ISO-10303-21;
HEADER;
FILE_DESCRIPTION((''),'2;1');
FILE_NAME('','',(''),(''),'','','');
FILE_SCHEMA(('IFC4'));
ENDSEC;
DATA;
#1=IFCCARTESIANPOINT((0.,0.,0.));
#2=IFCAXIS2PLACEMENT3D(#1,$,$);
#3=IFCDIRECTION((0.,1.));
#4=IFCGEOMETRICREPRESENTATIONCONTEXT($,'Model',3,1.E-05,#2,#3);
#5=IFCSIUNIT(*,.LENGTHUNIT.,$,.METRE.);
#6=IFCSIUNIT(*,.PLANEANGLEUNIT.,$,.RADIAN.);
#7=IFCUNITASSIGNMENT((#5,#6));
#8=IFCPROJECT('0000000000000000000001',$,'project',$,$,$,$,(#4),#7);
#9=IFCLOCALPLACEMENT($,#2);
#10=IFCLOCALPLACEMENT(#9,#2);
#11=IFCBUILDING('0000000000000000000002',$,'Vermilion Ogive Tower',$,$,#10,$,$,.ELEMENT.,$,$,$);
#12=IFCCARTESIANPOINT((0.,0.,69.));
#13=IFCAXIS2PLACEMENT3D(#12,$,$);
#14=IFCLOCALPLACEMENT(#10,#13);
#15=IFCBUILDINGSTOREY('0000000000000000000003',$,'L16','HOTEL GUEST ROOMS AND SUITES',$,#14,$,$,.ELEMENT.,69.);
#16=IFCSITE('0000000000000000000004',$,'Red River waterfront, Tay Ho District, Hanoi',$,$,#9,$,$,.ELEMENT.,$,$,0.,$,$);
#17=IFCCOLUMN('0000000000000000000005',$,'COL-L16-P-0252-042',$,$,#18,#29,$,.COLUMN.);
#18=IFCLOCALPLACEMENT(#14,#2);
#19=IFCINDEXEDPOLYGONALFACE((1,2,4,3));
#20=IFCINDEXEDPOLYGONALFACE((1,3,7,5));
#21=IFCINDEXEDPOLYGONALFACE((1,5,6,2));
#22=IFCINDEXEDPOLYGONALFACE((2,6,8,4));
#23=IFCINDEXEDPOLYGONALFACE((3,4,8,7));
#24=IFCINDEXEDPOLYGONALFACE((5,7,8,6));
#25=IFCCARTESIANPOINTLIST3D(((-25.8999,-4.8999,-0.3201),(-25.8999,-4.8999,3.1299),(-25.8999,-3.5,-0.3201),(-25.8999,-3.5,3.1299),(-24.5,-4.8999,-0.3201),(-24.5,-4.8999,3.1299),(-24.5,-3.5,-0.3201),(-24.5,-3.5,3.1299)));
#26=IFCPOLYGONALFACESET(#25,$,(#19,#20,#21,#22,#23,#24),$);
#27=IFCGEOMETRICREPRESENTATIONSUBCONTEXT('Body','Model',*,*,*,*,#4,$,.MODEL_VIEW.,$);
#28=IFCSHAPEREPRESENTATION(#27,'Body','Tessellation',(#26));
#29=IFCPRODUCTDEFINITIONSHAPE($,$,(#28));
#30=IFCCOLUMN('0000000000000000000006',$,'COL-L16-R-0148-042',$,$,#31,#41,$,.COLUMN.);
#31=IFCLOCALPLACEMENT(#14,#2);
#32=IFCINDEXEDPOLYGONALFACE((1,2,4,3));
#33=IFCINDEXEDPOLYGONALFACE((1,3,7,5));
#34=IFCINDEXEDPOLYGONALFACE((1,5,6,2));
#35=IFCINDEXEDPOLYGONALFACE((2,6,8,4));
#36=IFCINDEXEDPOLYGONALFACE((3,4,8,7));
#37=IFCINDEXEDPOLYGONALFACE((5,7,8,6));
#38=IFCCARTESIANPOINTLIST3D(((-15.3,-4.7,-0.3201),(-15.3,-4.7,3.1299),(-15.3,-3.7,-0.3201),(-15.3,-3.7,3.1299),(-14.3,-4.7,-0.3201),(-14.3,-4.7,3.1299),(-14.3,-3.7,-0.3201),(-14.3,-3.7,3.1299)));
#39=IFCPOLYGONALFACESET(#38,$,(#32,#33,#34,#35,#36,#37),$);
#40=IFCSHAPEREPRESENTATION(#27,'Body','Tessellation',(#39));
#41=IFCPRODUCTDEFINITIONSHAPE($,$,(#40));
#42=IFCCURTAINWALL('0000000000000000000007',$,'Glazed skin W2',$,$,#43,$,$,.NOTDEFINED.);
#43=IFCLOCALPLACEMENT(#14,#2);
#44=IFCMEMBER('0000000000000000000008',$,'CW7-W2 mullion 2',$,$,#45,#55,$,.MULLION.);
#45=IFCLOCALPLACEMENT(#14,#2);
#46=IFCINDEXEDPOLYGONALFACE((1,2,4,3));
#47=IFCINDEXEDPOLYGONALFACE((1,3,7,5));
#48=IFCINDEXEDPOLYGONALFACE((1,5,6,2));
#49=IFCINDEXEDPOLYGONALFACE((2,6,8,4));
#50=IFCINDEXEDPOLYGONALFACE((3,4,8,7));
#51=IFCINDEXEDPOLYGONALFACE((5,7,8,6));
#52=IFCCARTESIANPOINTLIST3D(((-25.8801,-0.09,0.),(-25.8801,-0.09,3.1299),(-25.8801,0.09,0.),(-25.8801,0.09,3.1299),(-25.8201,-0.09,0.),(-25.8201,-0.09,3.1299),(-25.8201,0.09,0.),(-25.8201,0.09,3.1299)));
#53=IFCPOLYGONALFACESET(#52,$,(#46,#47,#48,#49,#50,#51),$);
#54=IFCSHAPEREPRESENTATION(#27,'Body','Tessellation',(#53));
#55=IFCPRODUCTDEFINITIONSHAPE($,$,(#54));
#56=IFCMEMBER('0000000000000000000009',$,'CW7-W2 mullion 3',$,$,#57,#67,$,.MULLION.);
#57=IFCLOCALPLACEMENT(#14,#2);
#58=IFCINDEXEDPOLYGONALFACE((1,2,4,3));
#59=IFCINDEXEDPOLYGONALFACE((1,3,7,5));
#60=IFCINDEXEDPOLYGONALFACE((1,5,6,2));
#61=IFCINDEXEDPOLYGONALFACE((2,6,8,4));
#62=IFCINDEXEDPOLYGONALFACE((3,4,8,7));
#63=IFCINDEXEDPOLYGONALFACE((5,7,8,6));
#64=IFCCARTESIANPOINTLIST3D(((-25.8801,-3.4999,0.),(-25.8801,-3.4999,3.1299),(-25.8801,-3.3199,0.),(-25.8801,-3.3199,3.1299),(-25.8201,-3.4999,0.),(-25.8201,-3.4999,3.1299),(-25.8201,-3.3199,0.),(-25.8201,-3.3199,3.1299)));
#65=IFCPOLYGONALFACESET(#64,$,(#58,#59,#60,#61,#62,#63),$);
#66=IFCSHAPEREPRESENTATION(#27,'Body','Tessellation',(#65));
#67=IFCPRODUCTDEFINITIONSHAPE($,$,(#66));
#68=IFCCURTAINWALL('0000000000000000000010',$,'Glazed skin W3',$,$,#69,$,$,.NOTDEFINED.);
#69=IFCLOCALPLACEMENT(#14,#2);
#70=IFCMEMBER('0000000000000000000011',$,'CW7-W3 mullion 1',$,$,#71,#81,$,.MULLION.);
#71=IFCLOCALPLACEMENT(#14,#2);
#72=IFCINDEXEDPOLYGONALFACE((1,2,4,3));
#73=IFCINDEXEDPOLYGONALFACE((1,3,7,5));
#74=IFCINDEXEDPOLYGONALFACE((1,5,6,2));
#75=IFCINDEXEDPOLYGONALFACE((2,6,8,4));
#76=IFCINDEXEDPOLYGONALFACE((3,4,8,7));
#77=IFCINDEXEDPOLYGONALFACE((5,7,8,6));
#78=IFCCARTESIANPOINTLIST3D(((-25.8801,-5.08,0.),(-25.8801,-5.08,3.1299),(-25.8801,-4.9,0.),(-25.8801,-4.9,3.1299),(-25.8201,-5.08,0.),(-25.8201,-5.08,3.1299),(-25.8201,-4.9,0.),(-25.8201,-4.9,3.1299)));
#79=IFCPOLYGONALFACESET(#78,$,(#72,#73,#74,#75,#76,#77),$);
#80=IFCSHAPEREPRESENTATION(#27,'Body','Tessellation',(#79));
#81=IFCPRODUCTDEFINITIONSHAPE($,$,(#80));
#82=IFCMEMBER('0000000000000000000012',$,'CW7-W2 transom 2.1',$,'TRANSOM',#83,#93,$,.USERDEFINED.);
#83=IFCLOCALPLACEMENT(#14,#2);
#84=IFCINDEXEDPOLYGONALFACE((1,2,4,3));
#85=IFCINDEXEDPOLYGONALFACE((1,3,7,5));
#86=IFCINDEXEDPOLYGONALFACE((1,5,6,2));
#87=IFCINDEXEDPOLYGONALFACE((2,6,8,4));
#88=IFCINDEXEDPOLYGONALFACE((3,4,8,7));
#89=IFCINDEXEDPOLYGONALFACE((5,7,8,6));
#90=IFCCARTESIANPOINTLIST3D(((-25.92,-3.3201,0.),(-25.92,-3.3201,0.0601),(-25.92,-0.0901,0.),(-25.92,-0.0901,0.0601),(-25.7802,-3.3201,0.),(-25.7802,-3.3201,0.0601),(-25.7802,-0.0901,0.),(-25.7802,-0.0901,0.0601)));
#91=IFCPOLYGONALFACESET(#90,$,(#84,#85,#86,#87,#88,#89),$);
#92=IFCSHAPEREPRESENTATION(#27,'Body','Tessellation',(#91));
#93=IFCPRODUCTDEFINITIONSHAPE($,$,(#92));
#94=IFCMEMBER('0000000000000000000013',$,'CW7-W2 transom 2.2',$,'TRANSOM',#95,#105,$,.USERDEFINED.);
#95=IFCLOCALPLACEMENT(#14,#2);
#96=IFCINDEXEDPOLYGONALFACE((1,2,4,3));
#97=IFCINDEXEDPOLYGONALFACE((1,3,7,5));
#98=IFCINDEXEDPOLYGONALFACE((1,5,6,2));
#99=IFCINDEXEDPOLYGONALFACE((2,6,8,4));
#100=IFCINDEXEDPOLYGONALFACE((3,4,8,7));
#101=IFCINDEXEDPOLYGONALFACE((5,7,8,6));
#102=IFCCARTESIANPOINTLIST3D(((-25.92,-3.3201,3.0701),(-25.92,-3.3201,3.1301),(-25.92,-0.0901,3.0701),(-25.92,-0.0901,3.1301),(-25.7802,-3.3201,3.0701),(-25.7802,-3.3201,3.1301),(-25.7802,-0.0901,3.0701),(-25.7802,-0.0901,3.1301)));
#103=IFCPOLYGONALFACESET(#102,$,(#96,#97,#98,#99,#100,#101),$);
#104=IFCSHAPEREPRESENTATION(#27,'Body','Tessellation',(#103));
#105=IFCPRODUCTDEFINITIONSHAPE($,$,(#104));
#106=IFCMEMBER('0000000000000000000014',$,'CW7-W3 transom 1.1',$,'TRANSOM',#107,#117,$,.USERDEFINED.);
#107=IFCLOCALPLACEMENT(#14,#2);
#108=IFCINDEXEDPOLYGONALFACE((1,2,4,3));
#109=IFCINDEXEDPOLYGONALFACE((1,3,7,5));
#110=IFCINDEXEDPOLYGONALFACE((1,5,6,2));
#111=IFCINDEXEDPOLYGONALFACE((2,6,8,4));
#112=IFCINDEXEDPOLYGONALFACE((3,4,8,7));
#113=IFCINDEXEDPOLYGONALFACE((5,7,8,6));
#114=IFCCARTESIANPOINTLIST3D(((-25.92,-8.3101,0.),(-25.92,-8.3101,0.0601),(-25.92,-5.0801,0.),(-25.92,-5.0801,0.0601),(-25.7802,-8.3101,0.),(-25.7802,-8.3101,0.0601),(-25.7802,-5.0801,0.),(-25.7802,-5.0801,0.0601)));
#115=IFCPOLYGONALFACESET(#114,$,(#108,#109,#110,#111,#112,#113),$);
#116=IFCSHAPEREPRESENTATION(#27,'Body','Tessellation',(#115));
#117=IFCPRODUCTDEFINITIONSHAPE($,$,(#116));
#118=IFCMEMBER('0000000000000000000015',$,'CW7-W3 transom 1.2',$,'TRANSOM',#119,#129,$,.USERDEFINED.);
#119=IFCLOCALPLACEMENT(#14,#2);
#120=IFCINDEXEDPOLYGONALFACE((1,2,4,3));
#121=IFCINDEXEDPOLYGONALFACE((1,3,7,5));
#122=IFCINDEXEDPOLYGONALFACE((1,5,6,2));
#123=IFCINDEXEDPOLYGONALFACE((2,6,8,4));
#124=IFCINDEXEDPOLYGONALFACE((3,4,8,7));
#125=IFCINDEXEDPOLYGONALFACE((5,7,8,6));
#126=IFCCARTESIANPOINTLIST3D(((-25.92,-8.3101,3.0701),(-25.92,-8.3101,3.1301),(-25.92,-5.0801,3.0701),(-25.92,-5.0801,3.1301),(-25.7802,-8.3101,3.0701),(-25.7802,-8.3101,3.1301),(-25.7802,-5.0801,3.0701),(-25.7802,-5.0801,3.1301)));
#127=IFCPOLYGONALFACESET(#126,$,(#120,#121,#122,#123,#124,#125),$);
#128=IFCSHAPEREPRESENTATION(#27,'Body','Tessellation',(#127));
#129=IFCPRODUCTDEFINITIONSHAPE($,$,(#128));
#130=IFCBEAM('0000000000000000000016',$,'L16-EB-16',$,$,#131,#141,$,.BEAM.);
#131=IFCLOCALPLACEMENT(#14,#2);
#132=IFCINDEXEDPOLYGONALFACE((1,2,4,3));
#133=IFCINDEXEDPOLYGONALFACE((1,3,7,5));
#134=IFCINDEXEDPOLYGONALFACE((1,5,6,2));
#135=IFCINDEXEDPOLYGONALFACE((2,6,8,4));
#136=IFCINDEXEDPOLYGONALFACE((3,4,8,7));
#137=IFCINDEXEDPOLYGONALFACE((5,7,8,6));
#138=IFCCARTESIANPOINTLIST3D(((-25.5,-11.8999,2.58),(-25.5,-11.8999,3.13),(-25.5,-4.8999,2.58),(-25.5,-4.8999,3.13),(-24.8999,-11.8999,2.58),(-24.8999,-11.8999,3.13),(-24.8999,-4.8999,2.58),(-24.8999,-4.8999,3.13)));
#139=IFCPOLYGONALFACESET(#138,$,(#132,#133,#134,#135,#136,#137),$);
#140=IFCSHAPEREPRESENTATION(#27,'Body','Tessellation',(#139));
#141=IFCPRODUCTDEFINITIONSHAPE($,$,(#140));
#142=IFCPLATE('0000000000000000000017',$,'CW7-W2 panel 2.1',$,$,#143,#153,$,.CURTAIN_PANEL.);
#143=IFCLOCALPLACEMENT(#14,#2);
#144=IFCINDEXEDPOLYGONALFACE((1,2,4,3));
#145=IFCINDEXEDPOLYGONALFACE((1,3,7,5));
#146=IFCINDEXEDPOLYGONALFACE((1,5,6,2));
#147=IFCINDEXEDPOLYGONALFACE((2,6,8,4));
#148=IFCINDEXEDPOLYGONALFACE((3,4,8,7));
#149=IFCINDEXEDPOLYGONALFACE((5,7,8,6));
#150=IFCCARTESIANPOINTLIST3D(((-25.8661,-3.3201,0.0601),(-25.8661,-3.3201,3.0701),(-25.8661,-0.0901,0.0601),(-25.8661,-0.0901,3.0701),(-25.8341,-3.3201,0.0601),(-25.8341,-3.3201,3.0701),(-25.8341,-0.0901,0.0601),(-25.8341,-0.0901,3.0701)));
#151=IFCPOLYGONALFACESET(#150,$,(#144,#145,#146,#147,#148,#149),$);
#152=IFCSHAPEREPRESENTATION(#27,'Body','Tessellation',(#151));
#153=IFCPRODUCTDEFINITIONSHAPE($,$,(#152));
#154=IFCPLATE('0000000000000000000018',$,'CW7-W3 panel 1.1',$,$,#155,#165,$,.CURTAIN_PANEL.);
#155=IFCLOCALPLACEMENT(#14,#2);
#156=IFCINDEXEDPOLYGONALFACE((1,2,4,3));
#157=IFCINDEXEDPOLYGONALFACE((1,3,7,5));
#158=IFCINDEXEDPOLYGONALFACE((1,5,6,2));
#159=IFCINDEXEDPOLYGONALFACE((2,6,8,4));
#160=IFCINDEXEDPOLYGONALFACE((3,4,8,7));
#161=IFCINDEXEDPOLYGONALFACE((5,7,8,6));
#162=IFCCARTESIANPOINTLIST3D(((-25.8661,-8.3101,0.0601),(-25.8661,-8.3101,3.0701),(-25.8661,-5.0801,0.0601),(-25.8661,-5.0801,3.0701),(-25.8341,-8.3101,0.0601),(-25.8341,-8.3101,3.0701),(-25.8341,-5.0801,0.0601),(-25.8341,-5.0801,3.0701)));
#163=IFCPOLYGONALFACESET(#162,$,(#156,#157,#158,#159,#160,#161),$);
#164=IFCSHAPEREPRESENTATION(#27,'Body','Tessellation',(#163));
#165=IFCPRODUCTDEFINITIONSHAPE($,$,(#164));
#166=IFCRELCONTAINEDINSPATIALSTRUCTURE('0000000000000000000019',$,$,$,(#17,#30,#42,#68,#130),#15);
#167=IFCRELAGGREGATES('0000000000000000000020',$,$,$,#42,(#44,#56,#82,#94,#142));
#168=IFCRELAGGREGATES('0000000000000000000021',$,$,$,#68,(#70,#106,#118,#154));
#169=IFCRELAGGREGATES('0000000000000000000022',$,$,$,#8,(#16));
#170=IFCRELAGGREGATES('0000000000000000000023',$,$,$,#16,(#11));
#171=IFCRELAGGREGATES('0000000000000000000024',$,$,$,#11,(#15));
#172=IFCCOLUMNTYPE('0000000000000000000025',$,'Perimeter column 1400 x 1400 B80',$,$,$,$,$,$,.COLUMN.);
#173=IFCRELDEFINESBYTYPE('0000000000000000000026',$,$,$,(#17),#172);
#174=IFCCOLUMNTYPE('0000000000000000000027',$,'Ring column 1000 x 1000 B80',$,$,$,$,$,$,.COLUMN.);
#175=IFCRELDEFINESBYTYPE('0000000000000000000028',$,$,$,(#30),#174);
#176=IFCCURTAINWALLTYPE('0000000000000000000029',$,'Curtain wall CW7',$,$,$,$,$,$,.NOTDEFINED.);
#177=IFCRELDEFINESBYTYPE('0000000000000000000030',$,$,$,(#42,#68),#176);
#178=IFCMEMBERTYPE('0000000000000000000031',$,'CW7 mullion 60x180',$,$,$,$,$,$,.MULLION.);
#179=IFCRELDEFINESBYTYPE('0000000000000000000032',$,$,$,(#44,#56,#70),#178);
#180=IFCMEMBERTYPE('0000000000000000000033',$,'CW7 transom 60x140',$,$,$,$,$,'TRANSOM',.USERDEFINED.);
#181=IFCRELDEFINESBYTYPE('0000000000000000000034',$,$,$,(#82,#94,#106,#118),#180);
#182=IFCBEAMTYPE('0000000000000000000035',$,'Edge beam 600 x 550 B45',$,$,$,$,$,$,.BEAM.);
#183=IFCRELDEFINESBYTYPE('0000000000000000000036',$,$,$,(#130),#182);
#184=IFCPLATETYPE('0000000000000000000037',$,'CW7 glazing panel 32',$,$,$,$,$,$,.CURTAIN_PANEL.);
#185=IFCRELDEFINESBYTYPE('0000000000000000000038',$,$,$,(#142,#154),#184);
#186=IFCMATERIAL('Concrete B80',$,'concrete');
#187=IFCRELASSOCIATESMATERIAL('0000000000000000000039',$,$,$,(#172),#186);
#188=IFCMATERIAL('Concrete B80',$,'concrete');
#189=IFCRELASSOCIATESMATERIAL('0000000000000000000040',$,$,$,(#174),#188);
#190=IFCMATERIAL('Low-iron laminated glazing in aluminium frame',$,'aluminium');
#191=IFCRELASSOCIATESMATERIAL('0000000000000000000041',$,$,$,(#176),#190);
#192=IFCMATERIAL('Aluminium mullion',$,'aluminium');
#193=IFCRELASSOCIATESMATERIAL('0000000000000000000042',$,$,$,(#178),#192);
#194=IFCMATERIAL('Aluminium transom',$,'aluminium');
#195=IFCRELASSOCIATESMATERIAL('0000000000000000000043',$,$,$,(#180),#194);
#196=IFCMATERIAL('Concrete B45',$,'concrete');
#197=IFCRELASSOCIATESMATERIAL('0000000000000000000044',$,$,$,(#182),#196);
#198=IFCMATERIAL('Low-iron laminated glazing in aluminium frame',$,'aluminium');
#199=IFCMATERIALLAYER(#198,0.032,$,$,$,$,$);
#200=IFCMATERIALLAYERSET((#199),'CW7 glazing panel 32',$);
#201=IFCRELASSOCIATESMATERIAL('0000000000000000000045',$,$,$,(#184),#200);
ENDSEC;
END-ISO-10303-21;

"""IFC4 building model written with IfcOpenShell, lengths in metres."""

from ifc_helpers import new_model, si_unit, direction, frame, origin, origin_2d, place, context, subcontext, project, spatial, rectangle, extrude, material, layer, layer_set, material_profile, profile_set, type_object, element, aggregate, save


model = new_model("IFC4")

# Units and contexts
model_context = context("Model", 3, precision=1e-05, world=origin(), true_north=direction((0.0, 1.0)))
body_context = subcontext(model_context, "Body", "Model", "MODEL_VIEW")
ifc_project = project(units=[si_unit("LENGTHUNIT", "METRE"), si_unit("PLANEANGLEUNIT", "RADIAN")], contexts=[model_context])

# Site, building, storey
site_placement = place(None, origin())
site = spatial("IfcSite", under=ifc_project, at=site_placement, Name="Red River waterfront, Tay Ho District, Hanoi", CompositionType="ELEMENT", RefElevation=0.0)
building_placement = place(site_placement, origin())
building = spatial("IfcBuilding", under=site, at=building_placement, Name="Vermilion Ogive Tower", CompositionType="ELEMENT")
storey_placement = place(building_placement, frame((0.0, 0.0, 69.0)))
storey = spatial("IfcBuildingStorey", under=building, at=storey_placement, Name="L16", Description="HOTEL GUEST ROOMS AND SUITES", CompositionType="ELEMENT", Elevation=69.0)

# Columns
ifc_material_1 = material(Name="Concrete B80", Category="concrete")
ifc_material_profile_1 = material_profile(ifc_material_1, rectangle(XDim=1.3999, YDim=1.3999, at=origin_2d()), Name="1400 x 1400")
ifc_profile_set_1 = profile_set([ifc_material_profile_1], Name="Concrete B80")
column_type_1 = type_object("IfcColumnType", Name="Perimeter column 1400 x 1400 B80", PredefinedType="COLUMN", material=ifc_profile_set_1)
column_1_placement = place(storey_placement, frame((-25.2, -4.2, -0.3201), z_axis=(0.0, 0.0, 1.0), x_axis=(1.0, 0.0, 0.0)))
element("IfcColumn", 1, at=column_1_placement, inside=storey, type_object=column_type_1, Name="COL-L16-P-0252-042", PredefinedType="COLUMN", context=body_context, shape_type="SweptSolid", body=[
    extrude(rectangle(XDim=1.3999, YDim=1.3999, at=origin_2d()), origin(), (0.0, 0.0, 1.0), 3.45),
])
ifc_material_2 = material(Name="Concrete B80", Category="concrete")
ifc_material_profile_2 = material_profile(ifc_material_2, rectangle(XDim=1.0, YDim=1.0, at=origin_2d()), Name="1000 x 1000")
ifc_profile_set_2 = profile_set([ifc_material_profile_2], Name="Concrete B80")
column_type_2 = type_object("IfcColumnType", Name="Ring column 1000 x 1000 B80", PredefinedType="COLUMN", material=ifc_profile_set_2)
column_2_placement = place(storey_placement, frame((-14.8, -4.2, -0.3201), z_axis=(0.0, 0.0, 1.0), x_axis=(1.0, 0.0, 0.0)))
element("IfcColumn", 2, at=column_2_placement, inside=storey, type_object=column_type_2, Name="COL-L16-R-0148-042", PredefinedType="COLUMN", context=body_context, shape_type="SweptSolid", body=[
    extrude(rectangle(XDim=1.0, YDim=1.0, at=origin_2d()), origin(), (0.0, 0.0, 1.0), 3.45),
])

# Curtain wall, members
ifc_material_3 = material(Name="Low-iron laminated glazing in aluminium frame", Category="aluminium")
curtain_wall_type = type_object("IfcCurtainWallType", Name="Curtain wall CW7", PredefinedType="NOTDEFINED", material=ifc_material_3)
curtain_wall_1_placement = place(storey_placement, origin())
curtain_wall_1 = element("IfcCurtainWall", 3, at=curtain_wall_1_placement, inside=storey, type_object=curtain_wall_type, Name="Glazed skin W2", PredefinedType="NOTDEFINED")
ifc_material_4 = material(Name="Aluminium mullion", Category="aluminium")
ifc_material_profile_3 = material_profile(ifc_material_4, rectangle(XDim=0.0601, YDim=0.1799, at=origin_2d()), Name="AL 60x180")
ifc_profile_set_3 = profile_set([ifc_material_profile_3], Name="Aluminium mullion")
member_type_1 = type_object("IfcMemberType", Name="CW7 mullion 60x180", PredefinedType="MULLION", material=ifc_profile_set_3)
member_1_placement = place(storey_placement, frame((-25.8501, 0.0, 0.0), z_axis=(0.0, 0.0, 1.0), x_axis=(1.0, 0.0, 0.0)))
member_1 = element("IfcMember", 4, at=member_1_placement, type_object=member_type_1, Name="CW7-W2 mullion 2", PredefinedType="MULLION", context=body_context, shape_type="SweptSolid", body=[
    extrude(rectangle(XDim=0.0601, YDim=0.1799, at=origin_2d()), origin(), (0.0, 0.0, 1.0), 3.1299),
])
member_2_placement = place(storey_placement, frame((-25.8501, -3.4099, 0.0), z_axis=(0.0, 0.0, 1.0), x_axis=(1.0, 0.0, 0.0)))
member_2 = element("IfcMember", 5, at=member_2_placement, type_object=member_type_1, Name="CW7-W2 mullion 3", PredefinedType="MULLION", context=body_context, shape_type="SweptSolid", body=[
    extrude(rectangle(XDim=0.0601, YDim=0.1799, at=origin_2d()), origin(), (0.0, 0.0, 1.0), 3.1299),
])

# Curtain wall, member
curtain_wall_2_placement = place(storey_placement, origin())
curtain_wall_2 = element("IfcCurtainWall", 6, at=curtain_wall_2_placement, inside=storey, type_object=curtain_wall_type, Name="Glazed skin W3", PredefinedType="NOTDEFINED")
member_3_placement = place(storey_placement, frame((-25.8501, -4.99, 0.0), z_axis=(0.0, 0.0, 1.0), x_axis=(1.0, 0.0, 0.0)))
member_3 = element("IfcMember", 7, at=member_3_placement, type_object=member_type_1, Name="CW7-W3 mullion 1", PredefinedType="MULLION", context=body_context, shape_type="SweptSolid", body=[
    extrude(rectangle(XDim=0.0601, YDim=0.1799, at=origin_2d()), origin(), (0.0, 0.0, 1.0), 3.1299),
])

# Members
ifc_material_5 = material(Name="Aluminium transom", Category="aluminium")
ifc_material_profile_4 = material_profile(ifc_material_5, rectangle(XDim=0.1399, YDim=0.0601, at=origin_2d()), Name="AL 60x140")
ifc_profile_set_4 = profile_set([ifc_material_profile_4], Name="Aluminium transom")
member_type_2 = type_object("IfcMemberType", Name="CW7 transom 60x140", ElementType="TRANSOM", PredefinedType="USERDEFINED", material=ifc_profile_set_4)
member_4_placement = place(storey_placement, frame((-25.8501, -0.0901, 0.03), z_axis=(0.0, -1.0, 0.0), x_axis=(1.0, 0.0, 0.0)))
member_4 = element("IfcMember", 8, at=member_4_placement, type_object=member_type_2, Name="CW7-W2 transom 2.1", ObjectType="TRANSOM", PredefinedType="USERDEFINED", context=body_context, shape_type="SweptSolid", body=[
    extrude(rectangle(XDim=0.1399, YDim=0.0601, at=origin_2d()), origin(), (0.0, 0.0, 1.0), 3.23),
])
member_5_placement = place(storey_placement, frame((-25.8501, -0.0901, 3.1001), z_axis=(0.0, -1.0, 0.0), x_axis=(1.0, 0.0, 0.0)))
member_5 = element("IfcMember", 9, at=member_5_placement, type_object=member_type_2, Name="CW7-W2 transom 2.2", ObjectType="TRANSOM", PredefinedType="USERDEFINED", context=body_context, shape_type="SweptSolid", body=[
    extrude(rectangle(XDim=0.1399, YDim=0.0601, at=origin_2d()), origin(), (0.0, 0.0, 1.0), 3.23),
])
member_6_placement = place(storey_placement, frame((-25.8501, -5.0801, 0.03), z_axis=(0.0, -1.0, 0.0), x_axis=(1.0, 0.0, 0.0)))
member_6 = element("IfcMember", 10, at=member_6_placement, type_object=member_type_2, Name="CW7-W3 transom 1.1", ObjectType="TRANSOM", PredefinedType="USERDEFINED", context=body_context, shape_type="SweptSolid", body=[
    extrude(rectangle(XDim=0.1399, YDim=0.0601, at=origin_2d()), origin(), (0.0, 0.0, 1.0), 3.23),
])
member_7_placement = place(storey_placement, frame((-25.8501, -5.0801, 3.1001), z_axis=(0.0, -1.0, 0.0), x_axis=(1.0, 0.0, 0.0)))
member_7 = element("IfcMember", 11, at=member_7_placement, type_object=member_type_2, Name="CW7-W3 transom 1.2", ObjectType="TRANSOM", PredefinedType="USERDEFINED", context=body_context, shape_type="SweptSolid", body=[
    extrude(rectangle(XDim=0.1399, YDim=0.0601, at=origin_2d()), origin(), (0.0, 0.0, 1.0), 3.23),
])

# Beam
ifc_material_6 = material(Name="Concrete B45", Category="concrete")
ifc_material_profile_5 = material_profile(ifc_material_6, rectangle(XDim=0.6001, YDim=0.55, at=origin_2d()), Name="600 x 550")
ifc_profile_set_5 = profile_set([ifc_material_profile_5], Name="Concrete B45")
beam_type = type_object("IfcBeamType", Name="Edge beam 600 x 550 B45", PredefinedType="BEAM", material=ifc_profile_set_5)
beam_placement = place(storey_placement, frame((-25.2, -4.8999, 2.855), z_axis=(0.0, -1.0, 0.0), x_axis=(1.0, 0.0, 0.0)))
element("IfcBeam", 12, at=beam_placement, inside=storey, type_object=beam_type, Name="L16-EB-16", PredefinedType="BEAM", context=body_context, shape_type="SweptSolid", body=[
    extrude(rectangle(XDim=0.6001, YDim=0.55, at=origin_2d()), origin(), (0.0, 0.0, 1.0), 7.0),
])

# Plates
ifc_material_7 = material(Name="Low-iron laminated glazing in aluminium frame", Category="aluminium")
ifc_layer_1 = layer(ifc_material_7, 0.032)
ifc_layer_set_1 = layer_set([ifc_layer_1], Name="CW7 glazing panel 32")
plate_type = type_object("IfcPlateType", Name="CW7 glazing panel 32", PredefinedType="CURTAIN_PANEL", material=ifc_layer_set_1)
plate_1_placement = place(storey_placement, frame((-25.8501, -1.7051, 0.0601), z_axis=(0.0, 0.0, 1.0), x_axis=(0.0, -1.0, 0.0)))
plate_1 = element("IfcPlate", 13, at=plate_1_placement, type_object=plate_type, Name="CW7-W2 panel 2.1", PredefinedType="CURTAIN_PANEL", context=body_context, shape_type="SweptSolid", body=[
    extrude(rectangle(XDim=3.23, YDim=0.032, at=origin_2d()), origin(), (0.0, 0.0, 1.0), 3.01),
])
aggregate(curtain_wall_1, [member_1, member_2, member_4, member_5, plate_1])
plate_2_placement = place(storey_placement, frame((-25.8501, -6.6951, 0.0601), z_axis=(0.0, 0.0, 1.0), x_axis=(0.0, -1.0, 0.0)))
plate_2 = element("IfcPlate", 14, at=plate_2_placement, type_object=plate_type, Name="CW7-W3 panel 1.1", PredefinedType="CURTAIN_PANEL", context=body_context, shape_type="SweptSolid", body=[
    extrude(rectangle(XDim=3.23, YDim=0.032, at=origin_2d()), origin(), (0.0, 0.0, 1.0), 3.01),
])
aggregate(curtain_wall_2, [member_3, member_6, member_7, plate_2])

save(model, "model.ifc")
